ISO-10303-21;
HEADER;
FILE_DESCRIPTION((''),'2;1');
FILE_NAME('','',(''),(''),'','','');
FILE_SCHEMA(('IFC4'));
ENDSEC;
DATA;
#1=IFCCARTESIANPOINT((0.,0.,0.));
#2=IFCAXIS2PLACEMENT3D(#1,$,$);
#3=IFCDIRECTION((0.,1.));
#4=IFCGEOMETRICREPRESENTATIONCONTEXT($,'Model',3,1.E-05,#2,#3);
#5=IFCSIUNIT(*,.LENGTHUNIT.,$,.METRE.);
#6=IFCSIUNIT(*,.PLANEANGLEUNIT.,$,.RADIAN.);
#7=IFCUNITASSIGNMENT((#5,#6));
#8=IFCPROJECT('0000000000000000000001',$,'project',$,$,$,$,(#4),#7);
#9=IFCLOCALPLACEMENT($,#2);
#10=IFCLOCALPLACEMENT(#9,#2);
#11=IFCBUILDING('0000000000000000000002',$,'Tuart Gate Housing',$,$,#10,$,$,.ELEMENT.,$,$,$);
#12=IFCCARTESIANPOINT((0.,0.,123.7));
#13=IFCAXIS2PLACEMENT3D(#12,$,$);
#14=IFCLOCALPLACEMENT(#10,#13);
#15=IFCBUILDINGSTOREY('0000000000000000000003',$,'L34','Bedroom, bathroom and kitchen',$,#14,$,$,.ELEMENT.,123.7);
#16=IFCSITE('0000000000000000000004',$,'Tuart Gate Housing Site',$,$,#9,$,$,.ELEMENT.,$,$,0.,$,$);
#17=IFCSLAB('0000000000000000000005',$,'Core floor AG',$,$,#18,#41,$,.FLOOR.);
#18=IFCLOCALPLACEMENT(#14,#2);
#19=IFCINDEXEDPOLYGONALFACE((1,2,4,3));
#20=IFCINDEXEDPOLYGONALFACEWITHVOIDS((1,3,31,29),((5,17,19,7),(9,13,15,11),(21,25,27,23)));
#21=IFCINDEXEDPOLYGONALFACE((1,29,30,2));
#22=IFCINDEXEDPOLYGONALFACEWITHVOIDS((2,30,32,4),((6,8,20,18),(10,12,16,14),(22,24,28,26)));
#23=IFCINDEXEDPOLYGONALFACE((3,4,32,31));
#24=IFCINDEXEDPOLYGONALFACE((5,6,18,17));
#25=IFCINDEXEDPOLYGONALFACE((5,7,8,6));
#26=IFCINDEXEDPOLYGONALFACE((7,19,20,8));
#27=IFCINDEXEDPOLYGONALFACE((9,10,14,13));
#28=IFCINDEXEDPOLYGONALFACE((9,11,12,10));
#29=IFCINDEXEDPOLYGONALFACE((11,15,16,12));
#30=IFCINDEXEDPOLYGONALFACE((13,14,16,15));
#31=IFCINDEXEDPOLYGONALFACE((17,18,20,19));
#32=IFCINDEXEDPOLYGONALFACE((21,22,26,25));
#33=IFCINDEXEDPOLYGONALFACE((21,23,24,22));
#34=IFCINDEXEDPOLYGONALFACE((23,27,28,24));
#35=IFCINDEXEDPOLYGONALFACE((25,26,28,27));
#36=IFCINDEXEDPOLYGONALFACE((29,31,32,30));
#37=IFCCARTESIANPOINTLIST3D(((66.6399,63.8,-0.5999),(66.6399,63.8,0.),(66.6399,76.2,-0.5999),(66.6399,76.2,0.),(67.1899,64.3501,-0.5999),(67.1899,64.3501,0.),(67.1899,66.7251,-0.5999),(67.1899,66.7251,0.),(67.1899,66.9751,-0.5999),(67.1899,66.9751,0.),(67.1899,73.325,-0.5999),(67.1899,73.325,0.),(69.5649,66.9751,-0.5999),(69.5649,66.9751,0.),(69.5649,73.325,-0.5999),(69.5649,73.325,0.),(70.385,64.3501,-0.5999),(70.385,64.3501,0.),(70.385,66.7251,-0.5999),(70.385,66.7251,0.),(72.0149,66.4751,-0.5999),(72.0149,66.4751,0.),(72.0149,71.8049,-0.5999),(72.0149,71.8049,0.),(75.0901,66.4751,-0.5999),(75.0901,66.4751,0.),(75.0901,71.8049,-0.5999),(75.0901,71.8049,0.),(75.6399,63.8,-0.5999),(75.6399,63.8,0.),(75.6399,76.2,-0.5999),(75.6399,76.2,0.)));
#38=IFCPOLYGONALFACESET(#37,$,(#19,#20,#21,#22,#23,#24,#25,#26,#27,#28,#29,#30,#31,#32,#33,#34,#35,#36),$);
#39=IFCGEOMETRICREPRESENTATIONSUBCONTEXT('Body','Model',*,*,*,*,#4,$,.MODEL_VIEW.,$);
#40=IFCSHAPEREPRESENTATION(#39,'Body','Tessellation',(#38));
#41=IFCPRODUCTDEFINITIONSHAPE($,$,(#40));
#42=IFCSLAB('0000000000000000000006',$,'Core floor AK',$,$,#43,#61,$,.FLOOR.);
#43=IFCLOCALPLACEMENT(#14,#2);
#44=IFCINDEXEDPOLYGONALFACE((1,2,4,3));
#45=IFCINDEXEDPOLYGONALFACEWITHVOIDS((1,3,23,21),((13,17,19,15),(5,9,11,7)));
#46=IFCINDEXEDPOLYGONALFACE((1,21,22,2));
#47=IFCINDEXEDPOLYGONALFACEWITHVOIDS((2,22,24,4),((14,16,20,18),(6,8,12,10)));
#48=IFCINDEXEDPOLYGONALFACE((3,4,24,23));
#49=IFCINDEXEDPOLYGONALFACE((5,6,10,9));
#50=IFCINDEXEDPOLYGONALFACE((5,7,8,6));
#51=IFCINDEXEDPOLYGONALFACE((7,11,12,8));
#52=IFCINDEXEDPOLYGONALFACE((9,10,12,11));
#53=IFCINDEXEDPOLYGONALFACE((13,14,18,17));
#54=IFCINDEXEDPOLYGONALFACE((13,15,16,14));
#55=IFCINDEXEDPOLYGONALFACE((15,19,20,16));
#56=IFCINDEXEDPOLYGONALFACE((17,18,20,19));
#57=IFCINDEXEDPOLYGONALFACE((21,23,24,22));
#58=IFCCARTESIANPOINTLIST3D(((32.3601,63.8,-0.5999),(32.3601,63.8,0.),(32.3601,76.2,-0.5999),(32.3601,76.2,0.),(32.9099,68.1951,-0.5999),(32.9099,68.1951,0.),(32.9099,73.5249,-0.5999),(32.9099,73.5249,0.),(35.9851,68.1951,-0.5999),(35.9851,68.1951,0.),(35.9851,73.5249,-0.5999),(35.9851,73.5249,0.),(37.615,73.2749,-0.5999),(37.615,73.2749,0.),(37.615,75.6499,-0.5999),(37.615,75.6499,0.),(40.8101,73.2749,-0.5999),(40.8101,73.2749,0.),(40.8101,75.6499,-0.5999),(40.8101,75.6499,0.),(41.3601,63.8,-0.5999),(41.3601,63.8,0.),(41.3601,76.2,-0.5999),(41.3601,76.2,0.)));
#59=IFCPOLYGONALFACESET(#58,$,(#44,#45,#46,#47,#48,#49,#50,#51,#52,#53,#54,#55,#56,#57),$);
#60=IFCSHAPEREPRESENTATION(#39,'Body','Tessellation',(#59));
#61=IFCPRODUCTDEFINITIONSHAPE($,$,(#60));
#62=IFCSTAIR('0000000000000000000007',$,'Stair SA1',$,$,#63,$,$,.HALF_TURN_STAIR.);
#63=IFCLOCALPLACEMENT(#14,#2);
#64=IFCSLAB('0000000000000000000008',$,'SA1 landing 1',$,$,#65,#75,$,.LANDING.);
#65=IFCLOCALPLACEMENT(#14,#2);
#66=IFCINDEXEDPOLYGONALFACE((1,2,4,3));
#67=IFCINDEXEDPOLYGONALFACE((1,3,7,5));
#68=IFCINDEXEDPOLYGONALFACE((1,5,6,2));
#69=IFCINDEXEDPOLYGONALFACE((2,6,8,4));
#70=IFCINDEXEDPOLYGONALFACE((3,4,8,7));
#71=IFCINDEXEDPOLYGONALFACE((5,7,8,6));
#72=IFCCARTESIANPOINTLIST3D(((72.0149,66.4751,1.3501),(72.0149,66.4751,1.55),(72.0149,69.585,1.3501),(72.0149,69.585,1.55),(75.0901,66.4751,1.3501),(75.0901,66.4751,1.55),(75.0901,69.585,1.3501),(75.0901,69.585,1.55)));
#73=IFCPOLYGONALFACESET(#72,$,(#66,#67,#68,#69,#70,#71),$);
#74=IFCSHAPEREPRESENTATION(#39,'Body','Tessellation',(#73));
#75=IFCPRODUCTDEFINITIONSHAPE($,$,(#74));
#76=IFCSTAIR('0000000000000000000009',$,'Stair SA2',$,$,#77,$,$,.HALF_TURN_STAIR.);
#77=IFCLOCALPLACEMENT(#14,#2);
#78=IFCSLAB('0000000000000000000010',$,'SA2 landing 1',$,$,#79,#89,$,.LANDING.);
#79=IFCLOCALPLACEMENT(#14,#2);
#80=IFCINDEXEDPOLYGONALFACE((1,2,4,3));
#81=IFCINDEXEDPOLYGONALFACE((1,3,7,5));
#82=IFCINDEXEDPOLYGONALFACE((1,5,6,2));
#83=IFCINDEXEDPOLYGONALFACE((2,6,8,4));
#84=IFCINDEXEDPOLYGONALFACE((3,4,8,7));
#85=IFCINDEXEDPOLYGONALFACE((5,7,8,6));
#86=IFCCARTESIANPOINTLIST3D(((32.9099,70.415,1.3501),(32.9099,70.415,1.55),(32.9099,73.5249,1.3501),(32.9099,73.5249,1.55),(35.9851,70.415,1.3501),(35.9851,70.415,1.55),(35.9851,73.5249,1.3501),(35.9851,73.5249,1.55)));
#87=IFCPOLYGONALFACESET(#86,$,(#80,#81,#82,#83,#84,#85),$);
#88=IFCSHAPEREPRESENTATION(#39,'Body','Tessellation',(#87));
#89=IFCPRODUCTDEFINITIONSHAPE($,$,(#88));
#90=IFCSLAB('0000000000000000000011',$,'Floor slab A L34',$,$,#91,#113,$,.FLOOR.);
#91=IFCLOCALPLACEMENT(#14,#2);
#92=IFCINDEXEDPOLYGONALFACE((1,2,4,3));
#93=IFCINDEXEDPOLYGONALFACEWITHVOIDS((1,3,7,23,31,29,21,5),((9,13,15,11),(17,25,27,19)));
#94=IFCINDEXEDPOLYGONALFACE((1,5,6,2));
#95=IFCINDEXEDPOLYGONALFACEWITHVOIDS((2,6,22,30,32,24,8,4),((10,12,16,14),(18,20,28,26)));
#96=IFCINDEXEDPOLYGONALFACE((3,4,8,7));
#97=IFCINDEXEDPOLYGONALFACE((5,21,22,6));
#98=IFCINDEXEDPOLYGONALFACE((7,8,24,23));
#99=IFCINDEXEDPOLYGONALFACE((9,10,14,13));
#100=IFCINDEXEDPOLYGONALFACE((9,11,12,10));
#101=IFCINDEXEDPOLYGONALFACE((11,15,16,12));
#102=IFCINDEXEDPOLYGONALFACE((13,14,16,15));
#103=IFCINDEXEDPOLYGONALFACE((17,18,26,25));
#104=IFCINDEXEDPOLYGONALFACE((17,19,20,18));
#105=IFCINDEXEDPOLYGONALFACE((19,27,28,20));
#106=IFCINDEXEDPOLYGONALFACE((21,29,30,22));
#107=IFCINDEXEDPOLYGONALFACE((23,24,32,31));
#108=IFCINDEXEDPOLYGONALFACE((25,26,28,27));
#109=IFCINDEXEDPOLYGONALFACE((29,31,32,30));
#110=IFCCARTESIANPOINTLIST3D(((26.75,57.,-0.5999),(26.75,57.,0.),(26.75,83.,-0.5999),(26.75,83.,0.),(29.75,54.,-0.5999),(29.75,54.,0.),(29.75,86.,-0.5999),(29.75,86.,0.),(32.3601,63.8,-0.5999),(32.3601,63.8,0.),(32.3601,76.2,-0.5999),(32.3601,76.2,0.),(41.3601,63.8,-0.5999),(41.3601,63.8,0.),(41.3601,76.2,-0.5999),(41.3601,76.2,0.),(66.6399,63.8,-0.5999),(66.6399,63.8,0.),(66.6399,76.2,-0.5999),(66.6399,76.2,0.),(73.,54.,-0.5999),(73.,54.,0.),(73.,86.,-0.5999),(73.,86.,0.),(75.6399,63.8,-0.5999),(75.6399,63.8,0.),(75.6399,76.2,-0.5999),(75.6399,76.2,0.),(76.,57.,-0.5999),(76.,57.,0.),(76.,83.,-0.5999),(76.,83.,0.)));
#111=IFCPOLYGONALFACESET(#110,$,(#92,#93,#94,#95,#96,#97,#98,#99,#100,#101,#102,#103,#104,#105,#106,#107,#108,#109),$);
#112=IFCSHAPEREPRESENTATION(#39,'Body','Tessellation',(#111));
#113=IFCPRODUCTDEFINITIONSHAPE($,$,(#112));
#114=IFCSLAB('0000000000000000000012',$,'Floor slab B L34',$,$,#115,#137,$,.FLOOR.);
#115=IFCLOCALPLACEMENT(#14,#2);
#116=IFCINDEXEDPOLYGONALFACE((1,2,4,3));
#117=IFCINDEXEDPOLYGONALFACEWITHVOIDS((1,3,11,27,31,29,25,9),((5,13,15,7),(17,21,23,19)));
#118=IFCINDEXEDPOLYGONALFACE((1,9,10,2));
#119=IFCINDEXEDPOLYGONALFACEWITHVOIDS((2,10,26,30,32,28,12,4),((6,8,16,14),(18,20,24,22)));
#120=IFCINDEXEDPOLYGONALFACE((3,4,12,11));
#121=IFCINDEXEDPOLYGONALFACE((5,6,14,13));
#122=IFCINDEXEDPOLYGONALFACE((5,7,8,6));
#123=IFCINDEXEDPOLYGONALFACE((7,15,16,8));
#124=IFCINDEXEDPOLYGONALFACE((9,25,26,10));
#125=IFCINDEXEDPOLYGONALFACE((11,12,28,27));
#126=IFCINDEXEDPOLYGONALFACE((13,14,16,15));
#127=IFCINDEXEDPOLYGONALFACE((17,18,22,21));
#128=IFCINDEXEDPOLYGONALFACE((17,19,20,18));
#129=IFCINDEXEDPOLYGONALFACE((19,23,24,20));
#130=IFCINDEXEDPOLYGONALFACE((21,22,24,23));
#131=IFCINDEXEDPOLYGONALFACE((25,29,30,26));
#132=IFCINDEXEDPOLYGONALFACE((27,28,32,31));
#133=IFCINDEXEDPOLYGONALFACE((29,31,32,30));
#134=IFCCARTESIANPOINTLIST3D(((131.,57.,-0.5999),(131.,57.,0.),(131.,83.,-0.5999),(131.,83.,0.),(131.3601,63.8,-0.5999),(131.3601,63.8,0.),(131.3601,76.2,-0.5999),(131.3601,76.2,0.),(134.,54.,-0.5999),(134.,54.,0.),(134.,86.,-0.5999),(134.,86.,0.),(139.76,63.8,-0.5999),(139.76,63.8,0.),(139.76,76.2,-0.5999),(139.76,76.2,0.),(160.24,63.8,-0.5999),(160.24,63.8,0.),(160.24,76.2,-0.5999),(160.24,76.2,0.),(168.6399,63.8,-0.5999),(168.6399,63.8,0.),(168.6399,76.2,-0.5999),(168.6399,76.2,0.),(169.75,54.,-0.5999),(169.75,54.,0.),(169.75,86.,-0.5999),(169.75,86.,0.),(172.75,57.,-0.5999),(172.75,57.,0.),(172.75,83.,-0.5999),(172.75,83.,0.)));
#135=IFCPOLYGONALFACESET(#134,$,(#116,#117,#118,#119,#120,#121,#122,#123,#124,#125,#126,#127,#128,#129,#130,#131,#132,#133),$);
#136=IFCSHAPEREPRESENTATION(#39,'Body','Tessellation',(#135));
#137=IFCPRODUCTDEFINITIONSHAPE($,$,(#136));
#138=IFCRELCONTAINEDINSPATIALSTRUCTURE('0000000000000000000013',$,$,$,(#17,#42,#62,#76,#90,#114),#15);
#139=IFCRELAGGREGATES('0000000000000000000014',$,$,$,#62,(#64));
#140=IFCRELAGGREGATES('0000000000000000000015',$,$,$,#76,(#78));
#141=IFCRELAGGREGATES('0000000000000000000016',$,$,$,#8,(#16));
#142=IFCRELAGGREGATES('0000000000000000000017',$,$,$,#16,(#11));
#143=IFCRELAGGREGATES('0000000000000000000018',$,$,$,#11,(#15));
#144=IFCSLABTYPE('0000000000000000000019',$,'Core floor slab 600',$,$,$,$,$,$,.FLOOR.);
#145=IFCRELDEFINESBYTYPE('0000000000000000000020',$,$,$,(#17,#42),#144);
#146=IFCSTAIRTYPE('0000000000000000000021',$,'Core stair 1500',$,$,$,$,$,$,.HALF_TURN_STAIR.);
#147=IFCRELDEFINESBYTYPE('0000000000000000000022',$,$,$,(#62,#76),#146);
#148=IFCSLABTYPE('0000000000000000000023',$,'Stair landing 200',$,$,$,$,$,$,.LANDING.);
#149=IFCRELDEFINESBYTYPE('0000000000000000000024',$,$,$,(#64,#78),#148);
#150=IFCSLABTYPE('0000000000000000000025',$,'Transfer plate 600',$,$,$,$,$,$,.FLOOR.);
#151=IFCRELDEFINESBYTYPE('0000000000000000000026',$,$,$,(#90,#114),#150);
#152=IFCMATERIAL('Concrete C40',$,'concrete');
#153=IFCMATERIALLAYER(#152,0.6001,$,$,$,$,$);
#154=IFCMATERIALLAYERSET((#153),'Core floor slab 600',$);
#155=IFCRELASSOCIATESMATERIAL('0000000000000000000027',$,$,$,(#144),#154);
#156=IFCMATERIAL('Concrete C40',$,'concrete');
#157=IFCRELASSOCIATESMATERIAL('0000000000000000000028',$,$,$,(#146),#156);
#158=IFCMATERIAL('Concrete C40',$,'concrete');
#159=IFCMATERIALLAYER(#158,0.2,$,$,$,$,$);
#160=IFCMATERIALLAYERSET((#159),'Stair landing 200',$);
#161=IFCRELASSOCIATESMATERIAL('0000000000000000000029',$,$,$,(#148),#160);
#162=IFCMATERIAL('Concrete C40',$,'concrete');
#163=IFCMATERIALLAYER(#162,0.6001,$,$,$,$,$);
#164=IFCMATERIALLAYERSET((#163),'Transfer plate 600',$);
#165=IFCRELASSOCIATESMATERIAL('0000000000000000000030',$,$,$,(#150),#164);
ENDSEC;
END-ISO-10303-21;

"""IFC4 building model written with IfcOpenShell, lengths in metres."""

from ifc_helpers import new_model, si_unit, direction, frame, origin, place, context, subcontext, project, spatial, polyline, outline, extrude, material, layer, layer_set, type_object, element, aggregate, save


model = new_model("IFC4")

# Units and contexts
model_context = context("Model", 3, precision=1e-05, world=origin(), true_north=direction((0.0, 1.0)))
body_context = subcontext(model_context, "Body", "Model", "MODEL_VIEW")
ifc_project = project(units=[si_unit("LENGTHUNIT", "METRE"), si_unit("PLANEANGLEUNIT", "RADIAN")], contexts=[model_context])

# Site, building, storey
site_placement = place(None, origin())
site = spatial("IfcSite", under=ifc_project, at=site_placement, Name="Tuart Gate Housing Site", CompositionType="ELEMENT", RefElevation=0.0)
building_placement = place(site_placement, origin())
building = spatial("IfcBuilding", under=site, at=building_placement, Name="Tuart Gate Housing", CompositionType="ELEMENT")
storey_placement = place(building_placement, frame((0.0, 0.0, 123.7)))
storey = spatial("IfcBuildingStorey", under=building, at=storey_placement, Name="L34", Description="Bedroom, bathroom and kitchen", CompositionType="ELEMENT", Elevation=123.7)

# Slabs
ifc_material_1 = material(Name="Concrete C40", Category="concrete")
ifc_layer_1 = layer(ifc_material_1, 0.6001)
ifc_layer_set_1 = layer_set([ifc_layer_1], Name="Core floor slab 600")
slab_type_1 = type_object("IfcSlabType", Name="Core floor slab 600", PredefinedType="FLOOR", material=ifc_layer_set_1)
slab_1_placement = place(storey_placement, frame((0.0, 0.0, -0.5999)))
element("IfcSlab", 1, at=slab_1_placement, inside=storey, type_object=slab_type_1, Name="Core floor AG", PredefinedType="FLOOR", context=body_context, shape_type="SweptSolid", body=[
    extrude(outline(polyline([(66.6399, 63.8), (75.6399, 63.8), (75.6399, 76.2), (66.6399, 76.2), (66.6399, 63.8)]), holes=[polyline([(67.1899, 64.3501), (70.385, 64.3501), (70.385, 66.7251), (67.1899, 66.7251), (67.1899, 64.3501)]), polyline([(67.1899, 66.9751), (69.5649, 66.9751), (69.5649, 73.325), (67.1899, 73.325), (67.1899, 66.9751)]), polyline([(72.0149, 66.4751), (75.0901, 66.4751), (75.0901, 71.8049), (72.0149, 71.8049), (72.0149, 66.4751)])]), origin(), (0.0, 0.0, 1.0), 0.5999),
])
slab_2_placement = place(storey_placement, frame((0.0, 0.0, -0.5999)))
element("IfcSlab", 2, at=slab_2_placement, inside=storey, type_object=slab_type_1, Name="Core floor AK", PredefinedType="FLOOR", context=body_context, shape_type="SweptSolid", body=[
    extrude(outline(polyline([(32.3601, 63.8), (41.3601, 63.8), (41.3601, 76.2), (32.3601, 76.2), (32.3601, 63.8)]), holes=[polyline([(40.8101, 75.6499), (37.615, 75.6499), (37.615, 73.2749), (40.8101, 73.2749), (40.8101, 75.6499)]), polyline([(35.9851, 73.5249), (32.9099, 73.5249), (32.9099, 68.1951), (35.9851, 68.1951), (35.9851, 73.5249)])]), origin(), (0.0, 0.0, 1.0), 0.5999),
])

# Stairs, slabs
ifc_material_2 = material(Name="Concrete C40", Category="concrete")
stair_type = type_object("IfcStairType", Name="Core stair 1500", PredefinedType="HALF_TURN_STAIR", material=ifc_material_2)
stair_1_placement = place(storey_placement, origin())
stair_1 = element("IfcStair", 3, at=stair_1_placement, inside=storey, type_object=stair_type, Name="Stair SA1", PredefinedType="HALF_TURN_STAIR")
ifc_material_3 = material(Name="Concrete C40", Category="concrete")
ifc_layer_2 = layer(ifc_material_3, 0.2)
ifc_layer_set_2 = layer_set([ifc_layer_2], Name="Stair landing 200")
slab_type_2 = type_object("IfcSlabType", Name="Stair landing 200", PredefinedType="LANDING", material=ifc_layer_set_2)
slab_3_placement = place(storey_placement, frame((0.0, 0.0, 1.3501)))
slab_3 = element("IfcSlab", 4, at=slab_3_placement, type_object=slab_type_2, Name="SA1 landing 1", PredefinedType="LANDING", context=body_context, shape_type="SweptSolid", body=[
    extrude(outline(polyline([(72.0149, 66.4751), (75.0901, 66.4751), (75.0901, 69.585), (72.0149, 69.585), (72.0149, 66.4751)])), origin(), (0.0, 0.0, 1.0), 0.2),
])
aggregate(stair_1, [slab_3])
stair_2_placement = place(storey_placement, origin())
stair_2 = element("IfcStair", 5, at=stair_2_placement, inside=storey, type_object=stair_type, Name="Stair SA2", PredefinedType="HALF_TURN_STAIR")
slab_4_placement = place(storey_placement, frame((0.0, 0.0, 1.3501)))
slab_4 = element("IfcSlab", 6, at=slab_4_placement, type_object=slab_type_2, Name="SA2 landing 1", PredefinedType="LANDING", context=body_context, shape_type="SweptSolid", body=[
    extrude(outline(polyline([(35.9851, 73.5249), (32.9099, 73.5249), (32.9099, 70.415), (35.9851, 70.415), (35.9851, 73.5249)])), origin(), (0.0, 0.0, 1.0), 0.2),
])
aggregate(stair_2, [slab_4])

# Slabs
ifc_material_4 = material(Name="Concrete C40", Category="concrete")
ifc_layer_3 = layer(ifc_material_4, 0.6001)
ifc_layer_set_3 = layer_set([ifc_layer_3], Name="Transfer plate 600")
slab_type_3 = type_object("IfcSlabType", Name="Transfer plate 600", PredefinedType="FLOOR", material=ifc_layer_set_3)
slab_5_placement = place(storey_placement, frame((0.0, 0.0, -0.5999)))
element("IfcSlab", 7, at=slab_5_placement, inside=storey, type_object=slab_type_3, Name="Floor slab A L34", PredefinedType="FLOOR", context=body_context, shape_type="SweptSolid", body=[
    extrude(outline(polyline([(29.75, 86.0), (26.75, 83.0), (26.75, 57.0), (29.75, 54.0), (73.0, 54.0), (76.0, 57.0), (76.0, 83.0), (73.0, 86.0), (29.75, 86.0)]), holes=[polyline([(66.6399, 76.2), (75.6399, 76.2), (75.6399, 63.8), (66.6399, 63.8), (66.6399, 76.2)]), polyline([(41.3601, 76.2), (41.3601, 63.8), (32.3601, 63.8), (32.3601, 76.2), (41.3601, 76.2)])]), origin(), (0.0, 0.0, 1.0), 0.5999),
])
slab_6_placement = place(storey_placement, frame((0.0, 0.0, -0.5999)))
element("IfcSlab", 8, at=slab_6_placement, inside=storey, type_object=slab_type_3, Name="Floor slab B L34", PredefinedType="FLOOR", context=body_context, shape_type="SweptSolid", body=[
    extrude(outline(polyline([(134.0, 86.0), (131.0, 83.0), (131.0, 57.0), (134.0, 54.0), (169.75, 54.0), (172.75, 57.0), (172.75, 83.0), (169.75, 86.0), (134.0, 86.0)]), holes=[polyline([(131.3601, 76.2), (139.76, 76.2), (139.76, 63.8), (131.3601, 63.8), (131.3601, 76.2)]), polyline([(168.6399, 76.2), (168.6399, 63.8), (160.24, 63.8), (160.24, 76.2), (168.6399, 76.2)])]), origin(), (0.0, 0.0, 1.0), 0.5999),
])

save(model, "model.ifc")
